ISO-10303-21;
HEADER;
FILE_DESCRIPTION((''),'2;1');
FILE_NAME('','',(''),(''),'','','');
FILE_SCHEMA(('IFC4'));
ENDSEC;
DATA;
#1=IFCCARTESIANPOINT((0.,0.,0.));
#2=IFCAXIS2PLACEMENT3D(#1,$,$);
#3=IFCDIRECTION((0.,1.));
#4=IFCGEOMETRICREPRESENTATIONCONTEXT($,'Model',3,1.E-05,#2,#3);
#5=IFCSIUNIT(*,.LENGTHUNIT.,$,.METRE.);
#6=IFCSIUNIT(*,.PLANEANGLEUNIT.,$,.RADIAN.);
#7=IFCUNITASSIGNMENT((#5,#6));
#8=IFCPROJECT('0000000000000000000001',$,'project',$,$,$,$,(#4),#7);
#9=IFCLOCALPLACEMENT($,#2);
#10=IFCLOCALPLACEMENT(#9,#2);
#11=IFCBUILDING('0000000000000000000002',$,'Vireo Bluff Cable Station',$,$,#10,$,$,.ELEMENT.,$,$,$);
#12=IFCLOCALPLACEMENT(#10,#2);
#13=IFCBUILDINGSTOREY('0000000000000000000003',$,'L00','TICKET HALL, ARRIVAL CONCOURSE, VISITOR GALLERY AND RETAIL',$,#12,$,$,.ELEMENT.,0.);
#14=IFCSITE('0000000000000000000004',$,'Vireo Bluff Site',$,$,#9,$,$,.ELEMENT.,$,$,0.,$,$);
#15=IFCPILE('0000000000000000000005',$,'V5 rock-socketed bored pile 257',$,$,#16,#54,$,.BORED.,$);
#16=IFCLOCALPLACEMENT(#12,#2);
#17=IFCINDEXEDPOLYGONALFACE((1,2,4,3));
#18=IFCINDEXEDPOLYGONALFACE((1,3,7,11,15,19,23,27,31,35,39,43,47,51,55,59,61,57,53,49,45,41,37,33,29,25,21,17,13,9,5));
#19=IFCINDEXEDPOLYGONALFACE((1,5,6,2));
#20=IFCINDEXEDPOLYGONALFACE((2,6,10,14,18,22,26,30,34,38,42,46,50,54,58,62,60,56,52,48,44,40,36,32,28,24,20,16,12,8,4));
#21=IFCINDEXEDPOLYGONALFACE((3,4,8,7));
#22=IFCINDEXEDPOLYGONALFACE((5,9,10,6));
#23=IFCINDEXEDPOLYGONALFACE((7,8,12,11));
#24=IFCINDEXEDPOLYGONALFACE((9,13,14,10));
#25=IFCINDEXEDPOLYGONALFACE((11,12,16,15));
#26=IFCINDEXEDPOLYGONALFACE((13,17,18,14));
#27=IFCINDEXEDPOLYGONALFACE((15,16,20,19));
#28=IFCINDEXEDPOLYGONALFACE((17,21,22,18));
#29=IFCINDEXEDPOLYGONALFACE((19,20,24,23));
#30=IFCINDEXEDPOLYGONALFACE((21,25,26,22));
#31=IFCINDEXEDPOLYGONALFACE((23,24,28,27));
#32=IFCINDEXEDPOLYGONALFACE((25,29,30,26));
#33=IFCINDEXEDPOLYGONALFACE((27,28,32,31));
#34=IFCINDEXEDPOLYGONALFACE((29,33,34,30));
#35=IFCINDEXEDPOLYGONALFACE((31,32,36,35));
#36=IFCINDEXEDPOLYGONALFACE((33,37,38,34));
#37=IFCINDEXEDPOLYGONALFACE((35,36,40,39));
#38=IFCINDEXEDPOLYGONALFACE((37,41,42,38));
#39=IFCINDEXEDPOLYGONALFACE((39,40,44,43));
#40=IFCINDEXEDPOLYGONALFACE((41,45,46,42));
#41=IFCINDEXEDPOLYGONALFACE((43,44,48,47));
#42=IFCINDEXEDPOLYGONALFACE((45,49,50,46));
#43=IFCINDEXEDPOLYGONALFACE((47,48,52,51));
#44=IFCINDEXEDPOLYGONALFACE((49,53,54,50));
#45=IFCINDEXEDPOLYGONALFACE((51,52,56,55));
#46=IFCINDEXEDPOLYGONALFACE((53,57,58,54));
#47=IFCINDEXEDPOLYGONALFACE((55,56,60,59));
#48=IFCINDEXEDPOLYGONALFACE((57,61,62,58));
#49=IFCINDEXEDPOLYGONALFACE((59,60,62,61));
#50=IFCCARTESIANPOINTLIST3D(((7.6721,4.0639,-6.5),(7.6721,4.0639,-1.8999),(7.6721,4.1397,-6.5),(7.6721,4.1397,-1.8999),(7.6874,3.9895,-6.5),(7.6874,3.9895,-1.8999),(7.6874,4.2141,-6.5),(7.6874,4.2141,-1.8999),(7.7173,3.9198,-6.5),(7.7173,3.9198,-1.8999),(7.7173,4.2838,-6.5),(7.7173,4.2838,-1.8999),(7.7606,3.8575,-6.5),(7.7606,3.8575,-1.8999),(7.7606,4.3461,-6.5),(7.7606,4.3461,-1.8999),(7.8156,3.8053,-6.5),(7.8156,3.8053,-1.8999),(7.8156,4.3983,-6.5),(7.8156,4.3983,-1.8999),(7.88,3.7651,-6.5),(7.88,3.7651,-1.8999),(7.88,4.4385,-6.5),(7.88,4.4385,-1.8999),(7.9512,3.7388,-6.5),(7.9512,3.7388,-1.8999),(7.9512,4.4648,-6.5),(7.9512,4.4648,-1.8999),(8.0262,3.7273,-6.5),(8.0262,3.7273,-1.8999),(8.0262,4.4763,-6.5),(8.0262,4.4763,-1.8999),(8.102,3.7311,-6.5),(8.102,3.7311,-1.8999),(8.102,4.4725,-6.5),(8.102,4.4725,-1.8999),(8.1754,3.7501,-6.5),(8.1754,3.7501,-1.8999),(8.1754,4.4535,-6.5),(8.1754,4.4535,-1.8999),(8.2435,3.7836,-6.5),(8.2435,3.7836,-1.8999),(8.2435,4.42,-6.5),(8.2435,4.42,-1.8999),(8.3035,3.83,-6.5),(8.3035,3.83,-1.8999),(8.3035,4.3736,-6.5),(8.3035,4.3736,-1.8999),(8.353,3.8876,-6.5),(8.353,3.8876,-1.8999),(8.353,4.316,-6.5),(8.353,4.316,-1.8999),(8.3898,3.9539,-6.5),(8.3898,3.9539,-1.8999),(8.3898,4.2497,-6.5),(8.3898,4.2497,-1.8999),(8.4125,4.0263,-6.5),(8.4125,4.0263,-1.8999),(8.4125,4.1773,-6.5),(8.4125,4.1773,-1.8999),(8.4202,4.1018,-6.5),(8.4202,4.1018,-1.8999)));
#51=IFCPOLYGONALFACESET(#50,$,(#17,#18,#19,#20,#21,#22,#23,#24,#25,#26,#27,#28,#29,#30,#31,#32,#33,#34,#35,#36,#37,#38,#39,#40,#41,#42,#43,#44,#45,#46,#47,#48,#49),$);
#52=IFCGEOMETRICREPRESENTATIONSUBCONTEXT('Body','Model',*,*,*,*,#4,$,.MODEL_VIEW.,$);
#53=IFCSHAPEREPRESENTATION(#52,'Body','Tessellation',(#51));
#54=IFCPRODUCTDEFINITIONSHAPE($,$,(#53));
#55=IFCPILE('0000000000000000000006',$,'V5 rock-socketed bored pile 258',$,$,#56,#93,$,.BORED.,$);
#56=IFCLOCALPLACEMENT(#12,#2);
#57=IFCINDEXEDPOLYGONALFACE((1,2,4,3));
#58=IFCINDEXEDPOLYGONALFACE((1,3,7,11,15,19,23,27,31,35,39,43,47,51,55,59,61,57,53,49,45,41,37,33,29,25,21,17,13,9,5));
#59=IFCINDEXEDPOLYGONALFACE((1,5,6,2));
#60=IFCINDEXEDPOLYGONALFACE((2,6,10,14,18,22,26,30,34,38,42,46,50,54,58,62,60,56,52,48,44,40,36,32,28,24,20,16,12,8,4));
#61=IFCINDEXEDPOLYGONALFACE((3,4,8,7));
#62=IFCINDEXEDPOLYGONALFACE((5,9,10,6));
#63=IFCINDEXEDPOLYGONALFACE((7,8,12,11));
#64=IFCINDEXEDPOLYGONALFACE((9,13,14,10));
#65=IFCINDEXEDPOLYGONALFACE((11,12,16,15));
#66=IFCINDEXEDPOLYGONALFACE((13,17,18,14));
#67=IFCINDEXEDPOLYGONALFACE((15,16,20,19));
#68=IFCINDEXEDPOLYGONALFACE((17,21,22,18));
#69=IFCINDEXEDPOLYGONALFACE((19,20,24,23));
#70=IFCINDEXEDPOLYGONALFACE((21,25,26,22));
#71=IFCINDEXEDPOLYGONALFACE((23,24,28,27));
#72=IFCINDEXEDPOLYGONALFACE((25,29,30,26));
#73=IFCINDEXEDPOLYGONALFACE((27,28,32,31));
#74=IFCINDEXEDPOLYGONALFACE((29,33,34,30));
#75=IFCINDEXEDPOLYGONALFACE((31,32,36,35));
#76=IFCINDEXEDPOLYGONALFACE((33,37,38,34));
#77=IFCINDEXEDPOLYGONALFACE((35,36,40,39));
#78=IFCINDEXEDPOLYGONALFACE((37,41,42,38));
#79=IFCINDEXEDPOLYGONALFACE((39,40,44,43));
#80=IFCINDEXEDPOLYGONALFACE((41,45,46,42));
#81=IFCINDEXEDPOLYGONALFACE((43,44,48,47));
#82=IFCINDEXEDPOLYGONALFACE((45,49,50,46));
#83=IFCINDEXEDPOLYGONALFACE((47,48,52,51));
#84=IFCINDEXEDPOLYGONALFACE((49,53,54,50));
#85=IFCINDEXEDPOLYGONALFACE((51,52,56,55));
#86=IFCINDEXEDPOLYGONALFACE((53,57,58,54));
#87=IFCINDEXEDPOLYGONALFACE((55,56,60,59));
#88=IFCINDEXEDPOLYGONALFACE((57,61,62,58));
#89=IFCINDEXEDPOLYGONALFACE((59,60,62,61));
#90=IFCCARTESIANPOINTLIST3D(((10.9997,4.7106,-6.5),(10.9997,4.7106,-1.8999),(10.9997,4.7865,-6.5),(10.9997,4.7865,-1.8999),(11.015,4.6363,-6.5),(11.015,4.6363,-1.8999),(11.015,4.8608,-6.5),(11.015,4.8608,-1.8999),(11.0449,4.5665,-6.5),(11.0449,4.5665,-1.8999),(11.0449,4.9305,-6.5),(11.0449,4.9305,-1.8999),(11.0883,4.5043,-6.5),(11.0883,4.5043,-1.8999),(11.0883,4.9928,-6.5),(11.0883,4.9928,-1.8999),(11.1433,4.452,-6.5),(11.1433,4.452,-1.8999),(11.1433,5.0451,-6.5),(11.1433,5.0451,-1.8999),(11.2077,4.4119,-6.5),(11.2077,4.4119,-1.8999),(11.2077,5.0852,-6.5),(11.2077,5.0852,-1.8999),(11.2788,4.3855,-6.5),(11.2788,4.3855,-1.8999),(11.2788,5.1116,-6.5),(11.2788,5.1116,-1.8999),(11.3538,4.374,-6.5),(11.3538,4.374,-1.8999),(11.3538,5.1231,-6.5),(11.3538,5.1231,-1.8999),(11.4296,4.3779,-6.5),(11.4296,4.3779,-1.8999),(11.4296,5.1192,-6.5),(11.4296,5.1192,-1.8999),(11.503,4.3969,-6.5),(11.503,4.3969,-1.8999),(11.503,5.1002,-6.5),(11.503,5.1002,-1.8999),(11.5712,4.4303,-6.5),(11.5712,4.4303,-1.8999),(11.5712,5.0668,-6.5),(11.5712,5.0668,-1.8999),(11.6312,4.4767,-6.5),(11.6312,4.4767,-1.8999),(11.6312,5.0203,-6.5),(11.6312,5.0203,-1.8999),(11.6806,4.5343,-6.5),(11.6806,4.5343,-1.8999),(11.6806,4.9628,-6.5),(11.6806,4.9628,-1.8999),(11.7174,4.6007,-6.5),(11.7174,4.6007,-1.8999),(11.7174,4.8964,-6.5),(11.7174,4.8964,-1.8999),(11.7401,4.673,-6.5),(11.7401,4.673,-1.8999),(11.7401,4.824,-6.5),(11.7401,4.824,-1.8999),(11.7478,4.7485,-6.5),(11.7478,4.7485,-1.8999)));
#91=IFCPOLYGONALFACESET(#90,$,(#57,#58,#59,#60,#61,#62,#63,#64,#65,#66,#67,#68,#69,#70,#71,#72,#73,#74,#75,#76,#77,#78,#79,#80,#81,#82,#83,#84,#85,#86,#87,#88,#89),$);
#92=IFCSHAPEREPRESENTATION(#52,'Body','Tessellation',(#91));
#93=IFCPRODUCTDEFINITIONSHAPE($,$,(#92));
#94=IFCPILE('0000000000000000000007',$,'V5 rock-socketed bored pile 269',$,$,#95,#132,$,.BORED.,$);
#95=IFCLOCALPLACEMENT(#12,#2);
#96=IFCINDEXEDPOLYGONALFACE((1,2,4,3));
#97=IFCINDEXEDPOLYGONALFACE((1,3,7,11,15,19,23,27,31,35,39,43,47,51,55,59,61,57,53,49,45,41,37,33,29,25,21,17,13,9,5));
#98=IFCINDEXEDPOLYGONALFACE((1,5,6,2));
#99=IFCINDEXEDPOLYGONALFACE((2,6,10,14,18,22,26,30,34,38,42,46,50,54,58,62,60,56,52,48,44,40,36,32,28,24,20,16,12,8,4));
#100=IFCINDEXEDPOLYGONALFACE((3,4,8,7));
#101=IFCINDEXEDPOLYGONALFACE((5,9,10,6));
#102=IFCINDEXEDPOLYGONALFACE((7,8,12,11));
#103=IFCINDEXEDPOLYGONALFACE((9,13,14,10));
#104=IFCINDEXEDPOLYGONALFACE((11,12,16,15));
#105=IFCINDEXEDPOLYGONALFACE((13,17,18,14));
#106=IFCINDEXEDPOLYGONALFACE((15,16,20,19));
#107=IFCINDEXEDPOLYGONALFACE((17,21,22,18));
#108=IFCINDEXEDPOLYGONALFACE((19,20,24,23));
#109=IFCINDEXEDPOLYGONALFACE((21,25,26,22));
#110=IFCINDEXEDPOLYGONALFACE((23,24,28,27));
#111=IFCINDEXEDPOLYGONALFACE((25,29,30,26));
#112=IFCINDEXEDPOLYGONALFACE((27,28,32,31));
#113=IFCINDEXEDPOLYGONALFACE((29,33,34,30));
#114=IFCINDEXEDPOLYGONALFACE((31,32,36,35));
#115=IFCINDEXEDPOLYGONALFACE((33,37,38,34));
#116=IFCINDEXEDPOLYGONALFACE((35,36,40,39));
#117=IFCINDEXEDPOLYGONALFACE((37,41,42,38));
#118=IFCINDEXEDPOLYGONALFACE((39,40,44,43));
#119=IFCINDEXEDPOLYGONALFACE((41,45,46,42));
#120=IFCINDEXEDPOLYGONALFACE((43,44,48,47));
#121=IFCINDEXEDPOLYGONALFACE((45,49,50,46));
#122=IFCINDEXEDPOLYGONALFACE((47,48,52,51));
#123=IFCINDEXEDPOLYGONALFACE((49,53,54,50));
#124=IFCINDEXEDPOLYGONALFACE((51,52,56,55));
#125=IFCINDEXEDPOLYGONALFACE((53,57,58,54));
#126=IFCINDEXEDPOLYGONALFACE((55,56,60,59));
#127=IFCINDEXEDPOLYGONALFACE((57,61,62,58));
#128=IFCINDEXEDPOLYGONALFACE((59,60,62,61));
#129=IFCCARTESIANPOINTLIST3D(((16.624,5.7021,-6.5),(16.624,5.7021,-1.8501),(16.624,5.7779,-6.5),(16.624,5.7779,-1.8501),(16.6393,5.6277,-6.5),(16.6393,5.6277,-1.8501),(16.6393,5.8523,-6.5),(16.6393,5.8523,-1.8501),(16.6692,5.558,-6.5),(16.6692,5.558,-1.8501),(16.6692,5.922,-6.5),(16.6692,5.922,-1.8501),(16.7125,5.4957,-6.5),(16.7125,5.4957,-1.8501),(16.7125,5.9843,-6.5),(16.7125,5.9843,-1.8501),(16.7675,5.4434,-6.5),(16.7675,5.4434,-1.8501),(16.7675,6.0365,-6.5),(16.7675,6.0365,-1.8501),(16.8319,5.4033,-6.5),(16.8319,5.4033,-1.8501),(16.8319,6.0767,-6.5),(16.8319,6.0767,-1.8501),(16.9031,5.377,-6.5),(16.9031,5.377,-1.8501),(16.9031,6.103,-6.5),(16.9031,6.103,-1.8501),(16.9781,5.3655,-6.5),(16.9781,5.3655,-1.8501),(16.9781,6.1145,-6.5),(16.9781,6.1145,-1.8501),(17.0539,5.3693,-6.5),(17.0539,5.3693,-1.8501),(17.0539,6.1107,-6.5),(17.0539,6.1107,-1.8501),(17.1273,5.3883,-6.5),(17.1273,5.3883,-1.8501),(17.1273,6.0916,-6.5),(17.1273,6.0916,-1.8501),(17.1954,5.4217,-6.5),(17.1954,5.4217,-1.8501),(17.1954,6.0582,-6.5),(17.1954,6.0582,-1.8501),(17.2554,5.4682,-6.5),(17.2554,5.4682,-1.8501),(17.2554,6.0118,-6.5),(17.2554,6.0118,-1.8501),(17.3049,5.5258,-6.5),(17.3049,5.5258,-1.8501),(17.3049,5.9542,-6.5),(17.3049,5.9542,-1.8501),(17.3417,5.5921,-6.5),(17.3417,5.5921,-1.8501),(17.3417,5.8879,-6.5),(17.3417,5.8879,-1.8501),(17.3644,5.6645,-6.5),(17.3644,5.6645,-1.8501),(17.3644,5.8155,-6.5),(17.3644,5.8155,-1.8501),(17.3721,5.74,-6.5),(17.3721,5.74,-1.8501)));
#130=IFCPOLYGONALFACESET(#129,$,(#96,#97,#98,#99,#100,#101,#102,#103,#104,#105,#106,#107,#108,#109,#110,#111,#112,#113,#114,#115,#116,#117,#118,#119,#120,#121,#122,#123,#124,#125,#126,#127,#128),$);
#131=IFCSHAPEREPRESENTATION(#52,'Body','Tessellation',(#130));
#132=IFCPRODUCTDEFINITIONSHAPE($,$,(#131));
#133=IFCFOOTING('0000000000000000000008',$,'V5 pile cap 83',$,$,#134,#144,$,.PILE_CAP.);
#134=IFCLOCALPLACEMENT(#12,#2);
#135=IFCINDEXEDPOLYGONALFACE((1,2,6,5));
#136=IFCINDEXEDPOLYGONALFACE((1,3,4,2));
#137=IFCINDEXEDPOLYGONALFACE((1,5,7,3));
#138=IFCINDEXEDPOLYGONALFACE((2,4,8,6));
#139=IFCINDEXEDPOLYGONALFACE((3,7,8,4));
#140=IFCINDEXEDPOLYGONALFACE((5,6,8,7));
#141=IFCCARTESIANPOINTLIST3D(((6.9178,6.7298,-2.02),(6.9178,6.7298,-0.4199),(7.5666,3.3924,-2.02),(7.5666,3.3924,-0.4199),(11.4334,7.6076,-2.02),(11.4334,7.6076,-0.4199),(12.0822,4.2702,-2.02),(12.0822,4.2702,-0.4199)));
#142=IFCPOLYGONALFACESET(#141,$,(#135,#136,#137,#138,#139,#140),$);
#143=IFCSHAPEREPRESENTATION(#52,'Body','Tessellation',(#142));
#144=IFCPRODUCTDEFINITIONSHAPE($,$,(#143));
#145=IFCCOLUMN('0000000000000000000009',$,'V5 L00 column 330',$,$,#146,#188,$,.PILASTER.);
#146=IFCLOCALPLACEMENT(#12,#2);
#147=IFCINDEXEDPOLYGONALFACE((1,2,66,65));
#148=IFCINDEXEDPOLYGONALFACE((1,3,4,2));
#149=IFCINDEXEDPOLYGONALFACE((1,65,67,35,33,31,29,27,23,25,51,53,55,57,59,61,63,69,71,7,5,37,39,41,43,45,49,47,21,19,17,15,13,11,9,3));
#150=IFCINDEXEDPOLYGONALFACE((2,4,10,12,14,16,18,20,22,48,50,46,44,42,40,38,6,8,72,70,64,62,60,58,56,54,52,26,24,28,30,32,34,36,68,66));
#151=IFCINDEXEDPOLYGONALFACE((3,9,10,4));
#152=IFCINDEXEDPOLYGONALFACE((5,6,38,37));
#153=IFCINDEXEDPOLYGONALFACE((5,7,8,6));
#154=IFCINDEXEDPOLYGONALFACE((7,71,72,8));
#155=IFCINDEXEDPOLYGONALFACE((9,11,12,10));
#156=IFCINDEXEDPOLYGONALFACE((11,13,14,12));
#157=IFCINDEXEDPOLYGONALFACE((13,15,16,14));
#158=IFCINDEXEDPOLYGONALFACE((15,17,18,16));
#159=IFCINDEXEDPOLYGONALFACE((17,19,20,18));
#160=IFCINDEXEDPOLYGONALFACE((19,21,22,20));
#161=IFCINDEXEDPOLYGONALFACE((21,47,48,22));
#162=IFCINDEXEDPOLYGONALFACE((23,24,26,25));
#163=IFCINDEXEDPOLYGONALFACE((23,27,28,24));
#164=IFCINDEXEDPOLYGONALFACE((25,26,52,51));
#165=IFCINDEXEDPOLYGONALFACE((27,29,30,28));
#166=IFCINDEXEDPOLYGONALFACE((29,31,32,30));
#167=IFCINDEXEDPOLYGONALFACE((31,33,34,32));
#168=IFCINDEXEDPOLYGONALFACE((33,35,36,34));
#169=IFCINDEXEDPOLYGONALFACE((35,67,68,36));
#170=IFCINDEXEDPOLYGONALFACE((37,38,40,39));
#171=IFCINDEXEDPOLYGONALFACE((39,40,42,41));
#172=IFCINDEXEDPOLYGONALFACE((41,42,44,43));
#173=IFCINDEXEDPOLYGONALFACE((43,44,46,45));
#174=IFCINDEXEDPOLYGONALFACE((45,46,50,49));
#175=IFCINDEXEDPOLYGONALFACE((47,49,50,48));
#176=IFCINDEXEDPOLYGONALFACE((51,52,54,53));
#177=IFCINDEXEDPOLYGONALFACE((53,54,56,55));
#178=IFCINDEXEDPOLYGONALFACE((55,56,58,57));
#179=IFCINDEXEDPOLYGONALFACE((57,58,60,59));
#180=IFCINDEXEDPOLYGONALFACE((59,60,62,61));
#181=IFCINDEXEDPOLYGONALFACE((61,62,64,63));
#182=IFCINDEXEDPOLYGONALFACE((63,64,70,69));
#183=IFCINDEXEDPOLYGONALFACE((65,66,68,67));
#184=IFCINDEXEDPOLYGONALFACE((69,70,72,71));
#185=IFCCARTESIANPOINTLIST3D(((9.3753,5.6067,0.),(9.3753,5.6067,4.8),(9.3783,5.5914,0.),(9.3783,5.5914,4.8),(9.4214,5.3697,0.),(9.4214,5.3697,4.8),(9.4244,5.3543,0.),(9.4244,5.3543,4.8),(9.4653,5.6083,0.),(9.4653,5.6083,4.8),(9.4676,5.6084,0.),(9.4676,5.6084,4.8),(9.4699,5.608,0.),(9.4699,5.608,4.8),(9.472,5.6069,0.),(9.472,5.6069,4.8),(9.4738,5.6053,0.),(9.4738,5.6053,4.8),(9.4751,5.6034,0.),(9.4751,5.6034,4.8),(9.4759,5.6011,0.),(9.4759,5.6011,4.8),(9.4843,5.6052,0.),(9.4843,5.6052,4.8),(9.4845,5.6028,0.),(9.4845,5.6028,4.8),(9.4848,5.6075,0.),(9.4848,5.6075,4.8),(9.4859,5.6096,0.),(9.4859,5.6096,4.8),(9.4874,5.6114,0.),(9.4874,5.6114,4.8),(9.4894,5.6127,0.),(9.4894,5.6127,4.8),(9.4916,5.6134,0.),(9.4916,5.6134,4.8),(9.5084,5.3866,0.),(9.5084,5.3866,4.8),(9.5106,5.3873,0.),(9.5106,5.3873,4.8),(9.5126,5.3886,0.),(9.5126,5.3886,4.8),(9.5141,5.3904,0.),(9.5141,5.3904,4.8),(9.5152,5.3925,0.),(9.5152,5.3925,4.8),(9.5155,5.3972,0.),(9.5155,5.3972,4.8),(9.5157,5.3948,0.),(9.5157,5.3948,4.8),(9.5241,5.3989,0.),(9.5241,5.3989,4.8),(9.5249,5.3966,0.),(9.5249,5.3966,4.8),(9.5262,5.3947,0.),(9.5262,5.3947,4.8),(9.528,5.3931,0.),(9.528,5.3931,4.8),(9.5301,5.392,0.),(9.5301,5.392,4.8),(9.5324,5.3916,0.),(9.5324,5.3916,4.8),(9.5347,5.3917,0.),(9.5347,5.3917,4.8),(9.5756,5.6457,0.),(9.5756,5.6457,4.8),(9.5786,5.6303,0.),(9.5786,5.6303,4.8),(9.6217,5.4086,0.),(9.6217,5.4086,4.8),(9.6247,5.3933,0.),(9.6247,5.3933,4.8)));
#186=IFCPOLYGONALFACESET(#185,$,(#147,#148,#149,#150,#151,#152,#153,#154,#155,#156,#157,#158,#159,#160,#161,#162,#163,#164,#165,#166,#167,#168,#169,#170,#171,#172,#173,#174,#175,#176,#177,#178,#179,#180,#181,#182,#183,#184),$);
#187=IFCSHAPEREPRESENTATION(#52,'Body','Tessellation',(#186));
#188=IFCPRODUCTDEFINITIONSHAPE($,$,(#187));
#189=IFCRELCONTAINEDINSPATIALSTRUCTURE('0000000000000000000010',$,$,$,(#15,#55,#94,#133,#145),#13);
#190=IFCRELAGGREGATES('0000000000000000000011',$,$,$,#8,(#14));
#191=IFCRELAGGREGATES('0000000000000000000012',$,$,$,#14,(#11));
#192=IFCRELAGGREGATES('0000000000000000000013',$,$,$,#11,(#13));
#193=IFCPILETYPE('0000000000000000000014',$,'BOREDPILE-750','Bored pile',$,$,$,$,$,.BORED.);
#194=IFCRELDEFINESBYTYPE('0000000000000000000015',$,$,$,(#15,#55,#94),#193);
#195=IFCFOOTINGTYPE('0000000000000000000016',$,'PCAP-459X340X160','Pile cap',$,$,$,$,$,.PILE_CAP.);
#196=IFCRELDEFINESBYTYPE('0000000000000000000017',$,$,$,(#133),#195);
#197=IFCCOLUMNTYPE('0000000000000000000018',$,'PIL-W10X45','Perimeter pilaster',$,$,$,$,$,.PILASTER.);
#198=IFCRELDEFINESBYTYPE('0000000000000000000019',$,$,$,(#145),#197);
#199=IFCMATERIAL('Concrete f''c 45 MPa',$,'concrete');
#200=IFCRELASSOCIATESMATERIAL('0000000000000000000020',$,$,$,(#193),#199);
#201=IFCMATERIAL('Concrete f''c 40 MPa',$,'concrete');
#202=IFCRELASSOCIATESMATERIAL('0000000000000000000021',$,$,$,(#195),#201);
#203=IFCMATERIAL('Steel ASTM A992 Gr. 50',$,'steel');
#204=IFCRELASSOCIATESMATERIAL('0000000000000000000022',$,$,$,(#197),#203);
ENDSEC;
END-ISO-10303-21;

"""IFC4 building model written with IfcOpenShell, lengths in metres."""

from ifc_helpers import new_model, si_unit, direction, frame, origin, origin_2d, place, context, subcontext, project, spatial, rectangle, circle, i_section, extrude, material, material_profile, profile_set, type_object, element, save


model = new_model("IFC4")

# Units and contexts
model_context = context("Model", 3, precision=1e-05, world=origin(), true_north=direction((0.0, 1.0)))
body_context = subcontext(model_context, "Body", "Model", "MODEL_VIEW")
ifc_project = project(units=[si_unit("LENGTHUNIT", "METRE"), si_unit("PLANEANGLEUNIT", "RADIAN")], contexts=[model_context])

# Site, building, storey
site_placement = place(None, origin())
site = spatial("IfcSite", under=ifc_project, at=site_placement, Name="Vireo Bluff Site", CompositionType="ELEMENT", RefElevation=0.0)
building_placement = place(site_placement, origin())
building = spatial("IfcBuilding", under=site, at=building_placement, Name="Vireo Bluff Cable Station", CompositionType="ELEMENT")
storey_placement = place(building_placement, origin())
storey = spatial("IfcBuildingStorey", under=building, at=storey_placement, Name="L00", Description="TICKET HALL, ARRIVAL CONCOURSE, VISITOR GALLERY AND RETAIL", CompositionType="ELEMENT", Elevation=0.0)

# Piles
ifc_material_1 = material(Name="Concrete f'c 45 MPa", Category="concrete")
ifc_material_profile_1 = material_profile(ifc_material_1, circle(Radius=0.375, at=origin_2d()), Name="BOREDPILE-750")
ifc_profile_set_1 = profile_set([ifc_material_profile_1], Name="Concrete f'c 45 MPa")
pile_type = type_object("IfcPileType", Name="BOREDPILE-750", Description="Bored pile", PredefinedType="BORED", material=ifc_profile_set_1)
for number, where, z_axis, x_axis, name in (
    (1, (8.0452, 4.1018, -1.8999), (0.0, 0.0, -1.0), (1.0, 0.0, 0.0), "V5 rock-socketed bored pile 257"),
    (2, (11.3728, 4.7485, -1.8999), (0.0, 0.0, -1.0), (1.0, 0.0, 0.0), "V5 rock-socketed bored pile 258"),
):
    element("IfcPile", number, at=place(storey_placement, frame(where, z_axis=z_axis, x_axis=x_axis)), inside=storey, type_object=pile_type, Name=name, PredefinedType="BORED", context=body_context, shape_type="SweptSolid", body=[
        extrude(circle(Radius=0.375, at=origin_2d()), origin(), (0.0, 0.0, 1.0), 4.6001),
    ])
pile_placement = place(storey_placement, frame((16.9971, 5.74, -1.8501), z_axis=(0.0, 0.0, -1.0), x_axis=(1.0, 0.0, 0.0)))
element("IfcPile", 3, at=pile_placement, inside=storey, type_object=pile_type, Name="V5 rock-socketed bored pile 269", PredefinedType="BORED", context=body_context, shape_type="SweptSolid", body=[
    extrude(circle(Radius=0.375, at=origin_2d()), origin(), (0.0, 0.0, 1.0), 4.6499),
])

# Footing
ifc_material_2 = material(Name="Concrete f'c 40 MPa", Category="concrete")
footing_type = type_object("IfcFootingType", Name="PCAP-459X340X160", Description="Pile cap", PredefinedType="PILE_CAP", material=ifc_material_2)
footing_placement = place(storey_placement, frame((9.5, 5.5, -2.02), z_axis=(0.0, 0.0, 1.0), x_axis=(0.981627, 0.190809, 0.0)))
element("IfcFooting", 4, at=footing_placement, inside=storey, type_object=footing_type, Name="V5 pile cap 83", PredefinedType="PILE_CAP", context=body_context, shape_type="SweptSolid", body=[
    extrude(rectangle(XDim=4.6001, YDim=3.3999, at=origin_2d()), origin(), (0.0, 0.0, 1.0), 1.6001),
])

# Column
ifc_material_3 = material(Name="Steel ASTM A992 Gr. 50", Category="steel")
ifc_material_profile_2 = material_profile(ifc_material_3, i_section(OverallWidth=0.2041, OverallDepth=0.2571, WebThickness=0.0088, FlangeThickness=0.0156, FilletRadius=0.009, at=origin_2d()), Name="W10X45")
ifc_profile_set_2 = profile_set([ifc_material_profile_2], Name="Steel ASTM A992 Gr. 50")
column_type = type_object("IfcColumnType", Name="PIL-W10X45", Description="Perimeter pilaster", PredefinedType="PILASTER", material=ifc_profile_set_2)
column_placement = place(storey_placement, frame((9.5, 5.5, 0.0), z_axis=(0.0, 0.0, 1.0), x_axis=(0.981627, 0.190809, 0.0)))
element("IfcColumn", 5, at=column_placement, inside=storey, type_object=column_type, Name="V5 L00 column 330", PredefinedType="PILASTER", context=body_context, shape_type="SweptSolid", body=[
    extrude(i_section(OverallWidth=0.2041, OverallDepth=0.2571, WebThickness=0.0088, FlangeThickness=0.0156, FilletRadius=0.009, at=origin_2d()), origin(), (0.0, 0.0, 1.0), 4.8),
])

save(model, "model.ifc")
